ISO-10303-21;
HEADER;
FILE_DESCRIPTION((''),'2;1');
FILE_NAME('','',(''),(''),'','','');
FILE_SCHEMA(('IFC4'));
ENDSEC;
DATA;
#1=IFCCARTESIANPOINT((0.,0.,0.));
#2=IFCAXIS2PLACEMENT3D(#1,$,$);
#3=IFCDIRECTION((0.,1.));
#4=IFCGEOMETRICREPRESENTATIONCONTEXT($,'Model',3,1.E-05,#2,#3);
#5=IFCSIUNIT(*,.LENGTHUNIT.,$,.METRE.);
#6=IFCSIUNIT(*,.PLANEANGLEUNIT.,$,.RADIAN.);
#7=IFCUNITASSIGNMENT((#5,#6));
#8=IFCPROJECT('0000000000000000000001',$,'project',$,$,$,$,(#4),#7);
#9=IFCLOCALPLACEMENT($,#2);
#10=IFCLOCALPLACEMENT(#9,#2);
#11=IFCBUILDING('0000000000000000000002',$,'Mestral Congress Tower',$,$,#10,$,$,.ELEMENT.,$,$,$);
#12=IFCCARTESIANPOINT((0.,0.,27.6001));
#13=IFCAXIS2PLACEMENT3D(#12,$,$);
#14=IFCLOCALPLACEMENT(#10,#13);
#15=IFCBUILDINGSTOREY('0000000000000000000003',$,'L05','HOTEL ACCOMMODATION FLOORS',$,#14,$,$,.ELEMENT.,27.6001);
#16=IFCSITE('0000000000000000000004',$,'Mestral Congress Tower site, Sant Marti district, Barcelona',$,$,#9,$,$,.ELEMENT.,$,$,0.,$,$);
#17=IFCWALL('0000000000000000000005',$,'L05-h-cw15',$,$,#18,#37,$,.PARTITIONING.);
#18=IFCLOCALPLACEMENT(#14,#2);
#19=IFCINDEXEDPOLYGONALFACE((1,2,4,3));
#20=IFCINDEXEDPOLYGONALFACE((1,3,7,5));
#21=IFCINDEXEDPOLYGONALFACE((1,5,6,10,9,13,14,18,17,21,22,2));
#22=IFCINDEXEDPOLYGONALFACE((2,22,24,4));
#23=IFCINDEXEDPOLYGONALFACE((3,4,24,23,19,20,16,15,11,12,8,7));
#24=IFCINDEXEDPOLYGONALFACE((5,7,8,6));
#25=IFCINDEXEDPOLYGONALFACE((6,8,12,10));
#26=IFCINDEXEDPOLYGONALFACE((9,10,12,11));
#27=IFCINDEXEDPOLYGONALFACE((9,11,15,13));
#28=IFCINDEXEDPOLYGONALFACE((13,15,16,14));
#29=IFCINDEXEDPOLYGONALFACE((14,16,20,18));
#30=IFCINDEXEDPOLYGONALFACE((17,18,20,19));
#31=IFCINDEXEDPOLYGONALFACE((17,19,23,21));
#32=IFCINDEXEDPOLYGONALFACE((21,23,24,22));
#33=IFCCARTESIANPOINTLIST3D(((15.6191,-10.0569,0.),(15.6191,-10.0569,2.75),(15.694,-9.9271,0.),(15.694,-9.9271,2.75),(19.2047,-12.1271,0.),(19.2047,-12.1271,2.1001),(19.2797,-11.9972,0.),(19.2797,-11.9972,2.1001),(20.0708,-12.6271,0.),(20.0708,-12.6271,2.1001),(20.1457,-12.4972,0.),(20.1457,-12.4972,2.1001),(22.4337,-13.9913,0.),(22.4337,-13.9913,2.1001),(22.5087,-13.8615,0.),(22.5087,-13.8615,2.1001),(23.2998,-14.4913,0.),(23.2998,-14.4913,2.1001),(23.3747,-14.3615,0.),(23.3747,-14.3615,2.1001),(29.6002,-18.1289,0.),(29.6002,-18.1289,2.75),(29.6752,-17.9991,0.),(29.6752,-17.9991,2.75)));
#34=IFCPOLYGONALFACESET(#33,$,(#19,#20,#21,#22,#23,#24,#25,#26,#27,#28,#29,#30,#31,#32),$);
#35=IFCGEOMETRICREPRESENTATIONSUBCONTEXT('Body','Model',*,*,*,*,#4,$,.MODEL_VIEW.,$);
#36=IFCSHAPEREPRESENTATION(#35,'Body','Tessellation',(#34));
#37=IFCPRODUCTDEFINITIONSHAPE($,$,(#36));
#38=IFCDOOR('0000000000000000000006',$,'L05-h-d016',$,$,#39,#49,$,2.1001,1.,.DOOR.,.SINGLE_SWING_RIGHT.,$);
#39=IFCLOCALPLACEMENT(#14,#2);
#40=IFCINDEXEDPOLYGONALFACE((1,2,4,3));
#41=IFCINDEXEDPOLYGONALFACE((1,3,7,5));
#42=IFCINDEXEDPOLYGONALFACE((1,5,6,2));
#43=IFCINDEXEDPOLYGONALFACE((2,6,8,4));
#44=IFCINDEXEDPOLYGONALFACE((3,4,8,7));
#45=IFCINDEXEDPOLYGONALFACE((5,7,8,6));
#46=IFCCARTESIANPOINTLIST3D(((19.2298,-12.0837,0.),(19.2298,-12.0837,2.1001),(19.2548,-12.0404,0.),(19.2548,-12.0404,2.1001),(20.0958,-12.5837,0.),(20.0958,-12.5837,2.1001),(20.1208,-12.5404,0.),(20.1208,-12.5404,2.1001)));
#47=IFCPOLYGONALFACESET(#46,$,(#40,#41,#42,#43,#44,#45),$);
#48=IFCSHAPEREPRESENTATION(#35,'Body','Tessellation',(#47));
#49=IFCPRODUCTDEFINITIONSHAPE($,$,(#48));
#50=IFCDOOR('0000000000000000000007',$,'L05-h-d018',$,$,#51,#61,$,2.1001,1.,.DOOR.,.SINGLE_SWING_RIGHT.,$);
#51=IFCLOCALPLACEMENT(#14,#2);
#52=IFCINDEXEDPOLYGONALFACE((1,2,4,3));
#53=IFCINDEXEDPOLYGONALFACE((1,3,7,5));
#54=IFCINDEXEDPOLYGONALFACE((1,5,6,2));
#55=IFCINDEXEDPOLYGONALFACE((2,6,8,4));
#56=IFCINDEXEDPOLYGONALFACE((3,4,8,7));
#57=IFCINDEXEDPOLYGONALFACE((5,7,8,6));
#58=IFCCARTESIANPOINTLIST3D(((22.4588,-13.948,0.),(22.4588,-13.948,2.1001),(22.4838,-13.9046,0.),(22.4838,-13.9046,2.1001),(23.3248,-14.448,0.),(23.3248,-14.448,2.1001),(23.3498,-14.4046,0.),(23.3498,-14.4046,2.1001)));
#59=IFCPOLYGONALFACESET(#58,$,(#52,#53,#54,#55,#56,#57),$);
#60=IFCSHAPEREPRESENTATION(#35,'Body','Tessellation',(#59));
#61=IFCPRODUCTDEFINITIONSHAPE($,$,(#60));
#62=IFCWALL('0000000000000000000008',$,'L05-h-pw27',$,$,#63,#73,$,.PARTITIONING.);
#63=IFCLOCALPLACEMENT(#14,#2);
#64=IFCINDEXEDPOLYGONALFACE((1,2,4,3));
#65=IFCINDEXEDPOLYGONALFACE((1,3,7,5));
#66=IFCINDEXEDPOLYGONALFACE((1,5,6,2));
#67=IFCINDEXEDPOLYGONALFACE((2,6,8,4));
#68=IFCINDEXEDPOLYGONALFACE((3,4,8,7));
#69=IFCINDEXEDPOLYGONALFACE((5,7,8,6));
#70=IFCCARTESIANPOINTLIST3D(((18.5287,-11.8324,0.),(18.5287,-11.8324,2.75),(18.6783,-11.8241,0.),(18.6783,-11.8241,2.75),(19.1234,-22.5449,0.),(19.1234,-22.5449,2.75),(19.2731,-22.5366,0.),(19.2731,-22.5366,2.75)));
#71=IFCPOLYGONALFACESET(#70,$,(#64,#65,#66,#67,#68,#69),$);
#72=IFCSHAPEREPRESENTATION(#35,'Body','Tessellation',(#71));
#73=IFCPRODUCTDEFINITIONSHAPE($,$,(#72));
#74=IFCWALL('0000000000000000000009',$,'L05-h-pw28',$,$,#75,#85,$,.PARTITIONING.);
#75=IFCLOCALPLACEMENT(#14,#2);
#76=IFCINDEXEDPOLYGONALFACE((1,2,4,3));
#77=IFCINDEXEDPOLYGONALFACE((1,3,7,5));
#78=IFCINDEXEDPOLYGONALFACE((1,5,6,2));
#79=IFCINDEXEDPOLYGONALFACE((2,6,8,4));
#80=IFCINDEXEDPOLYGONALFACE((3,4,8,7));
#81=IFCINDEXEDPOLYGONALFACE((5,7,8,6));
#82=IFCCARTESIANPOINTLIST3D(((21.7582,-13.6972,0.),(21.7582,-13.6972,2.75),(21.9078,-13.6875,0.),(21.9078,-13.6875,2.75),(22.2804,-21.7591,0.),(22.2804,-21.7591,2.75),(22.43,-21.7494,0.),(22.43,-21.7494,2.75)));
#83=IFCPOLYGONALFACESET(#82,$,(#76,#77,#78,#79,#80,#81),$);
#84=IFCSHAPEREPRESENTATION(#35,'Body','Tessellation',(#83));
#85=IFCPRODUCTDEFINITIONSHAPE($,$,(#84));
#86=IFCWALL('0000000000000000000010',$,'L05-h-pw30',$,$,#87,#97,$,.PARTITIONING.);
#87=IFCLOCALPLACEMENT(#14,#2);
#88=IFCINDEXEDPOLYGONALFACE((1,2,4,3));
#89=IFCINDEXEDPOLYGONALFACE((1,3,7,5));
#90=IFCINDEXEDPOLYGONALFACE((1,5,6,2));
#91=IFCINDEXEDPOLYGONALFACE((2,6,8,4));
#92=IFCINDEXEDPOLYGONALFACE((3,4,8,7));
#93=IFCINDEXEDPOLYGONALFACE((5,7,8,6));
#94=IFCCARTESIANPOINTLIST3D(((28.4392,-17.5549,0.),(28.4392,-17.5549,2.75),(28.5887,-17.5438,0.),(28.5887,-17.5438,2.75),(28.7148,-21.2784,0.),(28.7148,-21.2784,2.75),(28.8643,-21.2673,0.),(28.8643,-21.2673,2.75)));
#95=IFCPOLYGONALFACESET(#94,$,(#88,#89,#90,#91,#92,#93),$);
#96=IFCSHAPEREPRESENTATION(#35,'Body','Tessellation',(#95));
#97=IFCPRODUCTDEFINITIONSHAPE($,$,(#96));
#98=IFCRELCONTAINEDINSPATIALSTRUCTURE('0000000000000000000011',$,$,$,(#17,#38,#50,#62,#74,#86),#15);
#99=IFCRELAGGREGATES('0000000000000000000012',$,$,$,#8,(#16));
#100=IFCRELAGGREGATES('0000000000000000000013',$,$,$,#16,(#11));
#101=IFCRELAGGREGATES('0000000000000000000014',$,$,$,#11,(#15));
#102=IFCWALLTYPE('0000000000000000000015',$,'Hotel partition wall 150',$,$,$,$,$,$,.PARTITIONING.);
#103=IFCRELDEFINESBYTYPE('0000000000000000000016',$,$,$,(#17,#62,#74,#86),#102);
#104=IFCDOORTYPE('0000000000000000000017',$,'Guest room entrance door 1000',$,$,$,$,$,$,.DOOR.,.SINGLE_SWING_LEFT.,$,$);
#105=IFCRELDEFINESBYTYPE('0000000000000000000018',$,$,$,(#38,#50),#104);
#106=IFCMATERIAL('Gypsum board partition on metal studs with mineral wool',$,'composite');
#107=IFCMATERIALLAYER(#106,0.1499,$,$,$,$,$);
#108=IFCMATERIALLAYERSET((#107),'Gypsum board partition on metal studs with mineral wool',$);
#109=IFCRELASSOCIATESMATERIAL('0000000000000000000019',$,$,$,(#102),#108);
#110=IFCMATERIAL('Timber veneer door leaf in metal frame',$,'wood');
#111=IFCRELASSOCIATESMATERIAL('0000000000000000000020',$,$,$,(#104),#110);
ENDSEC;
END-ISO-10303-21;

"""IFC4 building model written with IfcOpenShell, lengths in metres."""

from ifc_helpers import new_model, si_unit, direction, frame, frame_2d, origin, place, context, subcontext, project, spatial, rectangle, extrude, material, layer, layer_set, type_object, element, fill, save


model = new_model("IFC4")

# Units and contexts
model_context = context("Model", 3, precision=1e-05, world=origin(), true_north=direction((0.0, 1.0)))
body_context = subcontext(model_context, "Body", "Model", "MODEL_VIEW")
ifc_project = project(units=[si_unit("LENGTHUNIT", "METRE"), si_unit("PLANEANGLEUNIT", "RADIAN")], contexts=[model_context])

# Site, building, storey
site_placement = place(None, origin())
site = spatial("IfcSite", under=ifc_project, at=site_placement, Name="Mestral Congress Tower site, Sant Marti district, Barcelona", CompositionType="ELEMENT", RefElevation=0.0)
building_placement = place(site_placement, origin())
building = spatial("IfcBuilding", under=site, at=building_placement, Name="Mestral Congress Tower", CompositionType="ELEMENT")
storey_placement = place(building_placement, frame((0.0, 0.0, 27.6001)))
storey = spatial("IfcBuildingStorey", under=building, at=storey_placement, Name="L05", Description="HOTEL ACCOMMODATION FLOORS", CompositionType="ELEMENT", Elevation=27.6001)

# Shared definitions
ifc_material_1 = material(Name="Gypsum board partition on metal studs with mineral wool", Category="composite")

# Wall, openings, doors
ifc_layer_1 = layer(ifc_material_1, 0.1499)
ifc_layer_set_1 = layer_set([ifc_layer_1], Name="Gypsum board partition on metal studs with mineral wool")
wall_type_1 = type_object("IfcWallType", Name="Hotel partition wall 150", PredefinedType="PARTITIONING", material=ifc_layer_set_1)
wall_1_placement = place(storey_placement, frame((29.6377, -18.064, 0.0), z_axis=(0.0, 0.0, 1.0), x_axis=(-0.866026, 0.499999, 0.0)))
wall_1 = element("IfcWall", 1, at=wall_1_placement, inside=storey, type_object=wall_type_1, Name="L05-h-cw15", PredefinedType="PARTITIONING", context=body_context, shape_type="SweptSolid", body=[
    extrude(rectangle(XDim=16.144, YDim=0.1499, at=frame_2d((8.072, 0.0))), origin(), (0.0, 0.0, 1.0), 2.75),
])
opening_1_placement = place(wall_1_placement, frame((11.0037, 0.0, 0.0)))
opening_1 = element("IfcOpeningElement", 2, at=opening_1_placement, cuts=wall_1, PredefinedType="OPENING", context=body_context, shape_type="SweptSolid", body=[
    extrude(rectangle(XDim=1.0, YDim=2.1001, at=frame_2d((0.5, 1.05))), frame((0.0, 0.085, 0.0), z_axis=(0.0, -1.0, 0.0), x_axis=(1.0, 0.0, 0.0)), (0.0, 0.0, 1.0), 0.1699),
])
opening_2_placement = place(wall_1_placement, frame((7.2751, 0.0, 0.0)))
opening_2 = element("IfcOpeningElement", 3, at=opening_2_placement, cuts=wall_1, PredefinedType="OPENING", context=body_context, shape_type="SweptSolid", body=[
    extrude(rectangle(XDim=1.0, YDim=2.1001, at=frame_2d((0.5, 1.05))), frame((0.0, 0.085, 0.0), z_axis=(0.0, -1.0, 0.0), x_axis=(1.0, 0.0, 0.0)), (0.0, 0.0, 1.0), 0.1699),
])
ifc_material_2 = material(Name="Timber veneer door leaf in metal frame", Category="wood")
door_type = type_object("IfcDoorType", Name="Guest room entrance door 1000", OperationType="SINGLE_SWING_LEFT", PredefinedType="DOOR", material=ifc_material_2)
door_1_placement = place(opening_1_placement, origin())
door_1 = element("IfcDoor", 4, at=door_1_placement, inside=storey, type_object=door_type, Name="L05-h-d016", OperationType="SINGLE_SWING_RIGHT", OverallHeight=2.1001, OverallWidth=1.0, PredefinedType="DOOR", context=body_context, shape_type="SweptSolid", body=[
    extrude(rectangle(XDim=1.0, YDim=2.1001, at=frame_2d((0.5, 1.05))), frame((0.0, 0.0249, 0.0), z_axis=(0.0, -1.0, 0.0), x_axis=(1.0, 0.0, 0.0)), (0.0, 0.0, 1.0), 0.05),
])
fill(opening_1, door_1)
door_2_placement = place(opening_2_placement, origin())
door_2 = element("IfcDoor", 5, at=door_2_placement, inside=storey, type_object=door_type, Name="L05-h-d018", OperationType="SINGLE_SWING_RIGHT", OverallHeight=2.1001, OverallWidth=1.0, PredefinedType="DOOR", context=body_context, shape_type="SweptSolid", body=[
    extrude(rectangle(XDim=1.0, YDim=2.1001, at=frame_2d((0.5, 1.05))), frame((0.0, 0.0249, 0.0), z_axis=(0.0, -1.0, 0.0), x_axis=(1.0, 0.0, 0.0)), (0.0, 0.0, 1.0), 0.05),
])
fill(opening_2, door_2)

# Walls
wall_2_placement = place(storey_placement, frame((19.1982, -22.5408, 0.0), z_axis=(0.0, 0.0, 1.0), x_axis=(-0.055432, 0.998462, 0.0)))
element("IfcWall", 6, at=wall_2_placement, inside=storey, type_object=wall_type_1, Name="L05-h-pw27", PredefinedType="PARTITIONING", context=body_context, shape_type="SweptSolid", body=[
    extrude(rectangle(XDim=10.729, YDim=0.1499, at=frame_2d((5.3645, 0.0))), origin(), (0.0, 0.0, 1.0), 2.75),
])
wall_3_placement = place(storey_placement, frame((22.3552, -21.7544, 0.0), z_axis=(0.0, 0.0, 1.0), x_axis=(-0.06464, 0.997909, 0.0)))
element("IfcWall", 7, at=wall_3_placement, inside=storey, type_object=wall_type_1, Name="L05-h-pw28", PredefinedType="PARTITIONING", context=body_context, shape_type="SweptSolid", body=[
    extrude(rectangle(XDim=8.0789, YDim=0.1499, at=frame_2d((4.0396, 0.0))), origin(), (0.0, 0.0, 1.0), 2.75),
])
wall_4_placement = place(storey_placement, frame((28.7896, -21.2727, 0.0), z_axis=(0.0, 0.0, 1.0), x_axis=(-0.073826, 0.997271, 0.0)))
element("IfcWall", 8, at=wall_4_placement, inside=storey, type_object=wall_type_1, Name="L05-h-pw30", PredefinedType="PARTITIONING", context=body_context, shape_type="SweptSolid", body=[
    extrude(rectangle(XDim=3.7336, YDim=0.1499, at=frame_2d((1.8667, 0.0))), origin(), (0.0, 0.0, 1.0), 2.75),
])

save(model, "model.ifc")
